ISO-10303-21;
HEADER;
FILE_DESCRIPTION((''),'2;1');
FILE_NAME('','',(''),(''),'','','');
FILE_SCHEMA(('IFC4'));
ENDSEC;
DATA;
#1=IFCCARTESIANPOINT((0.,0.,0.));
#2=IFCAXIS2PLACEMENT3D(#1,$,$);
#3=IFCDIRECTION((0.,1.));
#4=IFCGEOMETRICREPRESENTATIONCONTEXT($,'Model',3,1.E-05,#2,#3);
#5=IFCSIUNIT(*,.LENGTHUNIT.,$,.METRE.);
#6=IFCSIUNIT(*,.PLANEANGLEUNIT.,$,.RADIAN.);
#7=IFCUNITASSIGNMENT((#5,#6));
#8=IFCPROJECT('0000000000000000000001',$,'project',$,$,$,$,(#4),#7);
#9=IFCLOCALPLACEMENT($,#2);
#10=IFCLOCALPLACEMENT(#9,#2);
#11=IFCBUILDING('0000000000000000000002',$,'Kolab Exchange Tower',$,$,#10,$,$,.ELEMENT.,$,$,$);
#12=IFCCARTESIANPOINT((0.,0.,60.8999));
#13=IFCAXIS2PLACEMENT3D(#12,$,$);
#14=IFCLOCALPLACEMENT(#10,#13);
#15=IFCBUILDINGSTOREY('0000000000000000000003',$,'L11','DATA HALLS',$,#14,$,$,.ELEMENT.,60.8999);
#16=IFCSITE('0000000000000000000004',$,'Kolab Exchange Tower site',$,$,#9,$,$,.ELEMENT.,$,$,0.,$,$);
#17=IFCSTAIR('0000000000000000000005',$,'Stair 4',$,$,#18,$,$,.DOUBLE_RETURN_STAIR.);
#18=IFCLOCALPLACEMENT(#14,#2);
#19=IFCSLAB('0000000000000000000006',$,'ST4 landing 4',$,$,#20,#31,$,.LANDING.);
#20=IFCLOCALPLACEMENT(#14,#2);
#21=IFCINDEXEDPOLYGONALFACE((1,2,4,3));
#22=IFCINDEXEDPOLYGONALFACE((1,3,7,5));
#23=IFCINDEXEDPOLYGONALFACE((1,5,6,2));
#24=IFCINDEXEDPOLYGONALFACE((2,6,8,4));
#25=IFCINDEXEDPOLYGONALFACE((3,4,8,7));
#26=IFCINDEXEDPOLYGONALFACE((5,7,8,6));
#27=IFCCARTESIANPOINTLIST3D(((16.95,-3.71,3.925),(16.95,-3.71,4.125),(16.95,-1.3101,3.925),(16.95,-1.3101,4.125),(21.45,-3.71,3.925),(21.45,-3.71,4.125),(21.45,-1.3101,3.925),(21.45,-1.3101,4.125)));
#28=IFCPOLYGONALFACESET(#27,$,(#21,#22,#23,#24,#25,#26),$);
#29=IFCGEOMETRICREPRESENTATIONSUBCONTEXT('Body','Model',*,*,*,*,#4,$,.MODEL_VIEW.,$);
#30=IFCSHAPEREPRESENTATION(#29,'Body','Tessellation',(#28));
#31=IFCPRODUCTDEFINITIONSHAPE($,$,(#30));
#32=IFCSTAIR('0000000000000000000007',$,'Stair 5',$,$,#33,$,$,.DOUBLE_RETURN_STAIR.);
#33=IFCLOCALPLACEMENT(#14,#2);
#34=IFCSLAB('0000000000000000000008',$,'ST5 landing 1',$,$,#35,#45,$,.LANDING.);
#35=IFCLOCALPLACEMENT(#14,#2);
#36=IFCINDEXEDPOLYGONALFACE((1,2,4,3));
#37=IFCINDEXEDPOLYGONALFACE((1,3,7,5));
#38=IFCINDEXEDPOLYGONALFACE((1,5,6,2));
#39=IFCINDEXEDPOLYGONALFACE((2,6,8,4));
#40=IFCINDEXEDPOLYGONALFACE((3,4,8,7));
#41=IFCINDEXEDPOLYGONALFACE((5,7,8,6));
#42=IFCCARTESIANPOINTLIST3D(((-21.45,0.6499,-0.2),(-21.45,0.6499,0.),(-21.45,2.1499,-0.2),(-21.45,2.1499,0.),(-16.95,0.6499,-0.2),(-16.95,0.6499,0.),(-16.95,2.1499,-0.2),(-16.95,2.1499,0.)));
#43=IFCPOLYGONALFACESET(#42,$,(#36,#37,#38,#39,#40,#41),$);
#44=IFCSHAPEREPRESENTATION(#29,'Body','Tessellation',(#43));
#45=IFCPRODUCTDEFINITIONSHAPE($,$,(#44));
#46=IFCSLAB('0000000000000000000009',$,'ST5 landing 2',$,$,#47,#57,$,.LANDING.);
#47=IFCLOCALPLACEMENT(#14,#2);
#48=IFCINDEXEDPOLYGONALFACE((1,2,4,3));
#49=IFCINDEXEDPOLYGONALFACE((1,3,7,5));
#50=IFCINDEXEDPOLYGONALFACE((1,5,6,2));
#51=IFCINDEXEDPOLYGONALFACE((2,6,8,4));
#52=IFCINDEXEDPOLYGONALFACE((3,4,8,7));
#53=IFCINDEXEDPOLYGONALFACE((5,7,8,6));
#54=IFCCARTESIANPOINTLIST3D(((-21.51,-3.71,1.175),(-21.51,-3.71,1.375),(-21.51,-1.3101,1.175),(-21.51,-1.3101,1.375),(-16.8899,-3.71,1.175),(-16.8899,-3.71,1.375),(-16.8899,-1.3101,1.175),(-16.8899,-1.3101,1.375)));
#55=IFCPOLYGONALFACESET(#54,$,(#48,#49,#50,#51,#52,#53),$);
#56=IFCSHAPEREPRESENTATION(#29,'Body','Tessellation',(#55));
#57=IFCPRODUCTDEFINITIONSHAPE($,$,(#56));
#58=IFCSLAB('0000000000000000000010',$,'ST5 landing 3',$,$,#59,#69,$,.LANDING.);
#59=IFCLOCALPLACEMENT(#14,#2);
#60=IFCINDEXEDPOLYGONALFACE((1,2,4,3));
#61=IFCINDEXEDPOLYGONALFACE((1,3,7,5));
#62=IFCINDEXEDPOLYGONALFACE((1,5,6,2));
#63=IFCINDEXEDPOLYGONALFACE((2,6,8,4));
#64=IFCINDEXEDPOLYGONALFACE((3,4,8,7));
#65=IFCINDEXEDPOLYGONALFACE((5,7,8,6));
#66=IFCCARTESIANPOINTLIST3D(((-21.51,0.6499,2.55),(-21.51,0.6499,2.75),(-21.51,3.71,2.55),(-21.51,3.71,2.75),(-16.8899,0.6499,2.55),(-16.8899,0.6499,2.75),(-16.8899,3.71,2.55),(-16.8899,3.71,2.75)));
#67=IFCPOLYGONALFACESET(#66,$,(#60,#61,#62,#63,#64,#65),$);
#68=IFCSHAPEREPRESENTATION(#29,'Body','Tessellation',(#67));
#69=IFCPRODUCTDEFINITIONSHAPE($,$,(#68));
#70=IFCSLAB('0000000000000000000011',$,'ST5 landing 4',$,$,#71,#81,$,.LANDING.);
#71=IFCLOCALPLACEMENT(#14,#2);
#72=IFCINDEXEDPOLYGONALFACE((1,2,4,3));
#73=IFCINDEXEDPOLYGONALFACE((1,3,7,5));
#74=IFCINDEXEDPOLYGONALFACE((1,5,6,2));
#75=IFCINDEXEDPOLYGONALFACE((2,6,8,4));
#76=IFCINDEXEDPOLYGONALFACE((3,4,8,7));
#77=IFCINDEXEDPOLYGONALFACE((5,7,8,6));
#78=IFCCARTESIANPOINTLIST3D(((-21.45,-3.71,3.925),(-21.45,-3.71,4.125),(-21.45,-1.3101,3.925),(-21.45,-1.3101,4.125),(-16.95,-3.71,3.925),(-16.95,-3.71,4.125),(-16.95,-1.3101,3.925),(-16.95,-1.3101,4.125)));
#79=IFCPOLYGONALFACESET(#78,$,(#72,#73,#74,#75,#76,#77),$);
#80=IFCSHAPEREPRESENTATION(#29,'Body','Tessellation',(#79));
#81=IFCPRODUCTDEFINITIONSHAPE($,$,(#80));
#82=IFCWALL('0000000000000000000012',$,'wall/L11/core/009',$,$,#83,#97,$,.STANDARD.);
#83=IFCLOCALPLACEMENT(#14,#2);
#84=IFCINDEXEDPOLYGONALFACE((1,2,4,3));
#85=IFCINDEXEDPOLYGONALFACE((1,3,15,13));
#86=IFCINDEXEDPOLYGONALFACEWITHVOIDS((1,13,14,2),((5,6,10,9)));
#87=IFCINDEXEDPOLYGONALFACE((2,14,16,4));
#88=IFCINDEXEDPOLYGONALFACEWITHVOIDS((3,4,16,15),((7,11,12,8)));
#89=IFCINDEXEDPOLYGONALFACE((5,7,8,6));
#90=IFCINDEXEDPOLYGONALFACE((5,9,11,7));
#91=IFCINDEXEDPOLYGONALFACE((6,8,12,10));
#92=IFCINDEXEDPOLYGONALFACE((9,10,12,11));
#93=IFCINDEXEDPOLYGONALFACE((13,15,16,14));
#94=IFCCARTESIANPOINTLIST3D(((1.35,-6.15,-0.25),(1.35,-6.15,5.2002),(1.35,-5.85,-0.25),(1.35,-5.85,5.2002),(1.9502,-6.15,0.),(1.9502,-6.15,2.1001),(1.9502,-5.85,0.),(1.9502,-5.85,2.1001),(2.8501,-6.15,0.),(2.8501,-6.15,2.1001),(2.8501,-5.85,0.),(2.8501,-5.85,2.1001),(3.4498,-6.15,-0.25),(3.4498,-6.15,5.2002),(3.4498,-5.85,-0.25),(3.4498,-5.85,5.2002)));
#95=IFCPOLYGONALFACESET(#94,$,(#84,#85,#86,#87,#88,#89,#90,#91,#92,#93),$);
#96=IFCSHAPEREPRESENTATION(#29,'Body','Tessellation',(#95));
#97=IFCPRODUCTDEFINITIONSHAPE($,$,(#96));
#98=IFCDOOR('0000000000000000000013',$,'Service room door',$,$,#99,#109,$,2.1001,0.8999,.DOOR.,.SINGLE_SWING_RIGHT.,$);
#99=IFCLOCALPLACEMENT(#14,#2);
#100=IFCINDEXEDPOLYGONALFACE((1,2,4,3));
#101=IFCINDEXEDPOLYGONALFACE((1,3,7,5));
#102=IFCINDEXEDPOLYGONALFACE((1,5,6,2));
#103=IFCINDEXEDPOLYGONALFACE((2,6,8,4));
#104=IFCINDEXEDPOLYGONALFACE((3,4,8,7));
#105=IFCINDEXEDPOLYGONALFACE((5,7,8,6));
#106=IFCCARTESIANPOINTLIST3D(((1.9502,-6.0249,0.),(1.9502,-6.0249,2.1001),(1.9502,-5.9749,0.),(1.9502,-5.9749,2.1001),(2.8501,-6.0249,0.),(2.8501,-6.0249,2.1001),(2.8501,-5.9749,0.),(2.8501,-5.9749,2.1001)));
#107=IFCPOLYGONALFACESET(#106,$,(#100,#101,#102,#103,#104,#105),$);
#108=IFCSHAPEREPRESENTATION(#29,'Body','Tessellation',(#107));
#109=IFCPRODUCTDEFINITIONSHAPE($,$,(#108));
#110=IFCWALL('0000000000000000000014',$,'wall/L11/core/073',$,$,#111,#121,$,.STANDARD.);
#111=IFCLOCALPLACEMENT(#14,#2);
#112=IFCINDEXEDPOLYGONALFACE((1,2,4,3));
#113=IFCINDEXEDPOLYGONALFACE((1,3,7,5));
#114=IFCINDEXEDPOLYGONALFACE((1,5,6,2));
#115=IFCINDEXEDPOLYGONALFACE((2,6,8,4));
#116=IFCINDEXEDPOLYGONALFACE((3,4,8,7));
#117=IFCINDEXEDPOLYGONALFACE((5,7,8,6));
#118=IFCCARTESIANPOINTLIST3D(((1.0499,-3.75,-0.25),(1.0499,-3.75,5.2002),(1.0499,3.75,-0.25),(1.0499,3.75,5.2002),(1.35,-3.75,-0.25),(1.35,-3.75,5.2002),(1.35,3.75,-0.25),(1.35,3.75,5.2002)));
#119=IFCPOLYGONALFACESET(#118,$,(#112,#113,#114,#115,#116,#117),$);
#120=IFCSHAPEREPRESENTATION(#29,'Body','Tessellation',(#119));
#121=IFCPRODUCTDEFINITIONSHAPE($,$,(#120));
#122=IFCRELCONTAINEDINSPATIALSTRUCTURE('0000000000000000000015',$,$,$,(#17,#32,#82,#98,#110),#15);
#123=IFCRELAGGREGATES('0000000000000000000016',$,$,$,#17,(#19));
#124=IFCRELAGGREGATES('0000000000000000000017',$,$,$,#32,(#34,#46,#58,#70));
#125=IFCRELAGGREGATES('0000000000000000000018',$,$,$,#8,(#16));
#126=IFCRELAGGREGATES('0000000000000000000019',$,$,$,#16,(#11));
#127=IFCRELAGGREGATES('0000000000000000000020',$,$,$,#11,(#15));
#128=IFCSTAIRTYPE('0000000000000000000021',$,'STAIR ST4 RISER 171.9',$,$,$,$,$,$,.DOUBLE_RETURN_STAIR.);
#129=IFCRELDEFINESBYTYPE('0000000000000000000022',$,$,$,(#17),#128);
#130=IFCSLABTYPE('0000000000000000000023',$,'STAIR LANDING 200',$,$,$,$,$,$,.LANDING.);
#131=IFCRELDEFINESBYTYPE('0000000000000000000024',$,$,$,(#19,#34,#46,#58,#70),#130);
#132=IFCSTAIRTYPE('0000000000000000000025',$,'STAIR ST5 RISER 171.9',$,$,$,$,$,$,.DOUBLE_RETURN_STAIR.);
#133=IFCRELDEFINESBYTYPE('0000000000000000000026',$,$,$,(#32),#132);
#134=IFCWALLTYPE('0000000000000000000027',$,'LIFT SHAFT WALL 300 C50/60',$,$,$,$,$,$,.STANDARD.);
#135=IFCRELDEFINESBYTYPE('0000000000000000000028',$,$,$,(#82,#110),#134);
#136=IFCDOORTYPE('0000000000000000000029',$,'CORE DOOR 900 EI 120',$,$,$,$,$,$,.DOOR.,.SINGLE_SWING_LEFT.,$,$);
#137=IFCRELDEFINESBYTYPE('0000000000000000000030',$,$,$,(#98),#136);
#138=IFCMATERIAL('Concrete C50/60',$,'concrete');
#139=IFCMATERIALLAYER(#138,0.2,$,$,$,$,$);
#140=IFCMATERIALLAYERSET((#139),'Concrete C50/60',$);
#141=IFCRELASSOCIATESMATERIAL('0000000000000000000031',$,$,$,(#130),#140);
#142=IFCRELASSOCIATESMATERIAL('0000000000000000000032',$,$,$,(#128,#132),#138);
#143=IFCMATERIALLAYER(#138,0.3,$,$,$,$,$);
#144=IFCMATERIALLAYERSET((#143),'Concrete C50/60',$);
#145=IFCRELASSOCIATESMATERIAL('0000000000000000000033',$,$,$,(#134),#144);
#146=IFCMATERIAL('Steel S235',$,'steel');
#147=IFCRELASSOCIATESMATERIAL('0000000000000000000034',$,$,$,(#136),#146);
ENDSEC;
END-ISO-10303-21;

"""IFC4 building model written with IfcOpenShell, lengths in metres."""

from ifc_helpers import new_model, si_unit, direction, frame, frame_2d, origin, place, context, subcontext, project, spatial, polyline, rectangle, outline, extrude, material, layer, layer_set, type_object, element, fill, aggregate, save


model = new_model("IFC4")

# Units and contexts
model_context = context("Model", 3, precision=1e-05, world=origin(), true_north=direction((0.0, 1.0)))
body_context = subcontext(model_context, "Body", "Model", "MODEL_VIEW")
ifc_project = project(units=[si_unit("LENGTHUNIT", "METRE"), si_unit("PLANEANGLEUNIT", "RADIAN")], contexts=[model_context])

# Site, building, storey
site_placement = place(None, origin())
site = spatial("IfcSite", under=ifc_project, at=site_placement, Name="Kolab Exchange Tower site", CompositionType="ELEMENT", RefElevation=0.0)
building_placement = place(site_placement, origin())
building = spatial("IfcBuilding", under=site, at=building_placement, Name="Kolab Exchange Tower", CompositionType="ELEMENT")
storey_placement = place(building_placement, frame((0.0, 0.0, 60.8999)))
storey = spatial("IfcBuildingStorey", under=building, at=storey_placement, Name="L11", Description="DATA HALLS", CompositionType="ELEMENT", Elevation=60.8999)

# Stairs, slabs
ifc_material_1 = material(Name="Concrete C50/60", Category="concrete")
ifc_layer_1 = layer(ifc_material_1, 0.2)
ifc_layer_set_1 = layer_set([ifc_layer_1], Name="Concrete C50/60")
slab_type = type_object("IfcSlabType", Name="STAIR LANDING 200", PredefinedType="LANDING", material=ifc_layer_set_1)
stair_type_1 = type_object("IfcStairType", Name="STAIR ST4 RISER 171.9", PredefinedType="DOUBLE_RETURN_STAIR", material=ifc_material_1)
stair_1_placement = place(storey_placement, origin())
stair_1 = element("IfcStair", 1, at=stair_1_placement, inside=storey, type_object=stair_type_1, Name="Stair 4", PredefinedType="DOUBLE_RETURN_STAIR")
slab_1_placement = place(storey_placement, frame((0.0, 0.0, 3.925)))
slab_1 = element("IfcSlab", 2, at=slab_1_placement, type_object=slab_type, Name="ST4 landing 4", PredefinedType="LANDING", context=body_context, shape_type="SweptSolid", body=[
    extrude(outline(polyline([(16.95, -3.71), (21.45, -3.71), (21.45, -1.3101), (16.95, -1.3101), (16.95, -3.71)])), origin(), (0.0, 0.0, 1.0), 0.2),
])
aggregate(stair_1, [slab_1])
stair_type_2 = type_object("IfcStairType", Name="STAIR ST5 RISER 171.9", PredefinedType="DOUBLE_RETURN_STAIR", material=ifc_material_1)
stair_2_placement = place(storey_placement, origin())
stair_2 = element("IfcStair", 3, at=stair_2_placement, inside=storey, type_object=stair_type_2, Name="Stair 5", PredefinedType="DOUBLE_RETURN_STAIR")
slab_2_placement = place(storey_placement, frame((0.0, 0.0, -0.2)))
slab_2 = element("IfcSlab", 4, at=slab_2_placement, type_object=slab_type, Name="ST5 landing 1", PredefinedType="LANDING", context=body_context, shape_type="SweptSolid", body=[
    extrude(outline(polyline([(-21.45, 0.6499), (-16.95, 0.6499), (-16.95, 2.1499), (-21.45, 2.1499), (-21.45, 0.6499)])), origin(), (0.0, 0.0, 1.0), 0.2),
])
slab_3_placement = place(storey_placement, frame((0.0, 0.0, 1.175)))
slab_3 = element("IfcSlab", 5, at=slab_3_placement, type_object=slab_type, Name="ST5 landing 2", PredefinedType="LANDING", context=body_context, shape_type="SweptSolid", body=[
    extrude(outline(polyline([(-21.51, -3.71), (-16.8899, -3.71), (-16.8899, -1.3101), (-21.51, -1.3101), (-21.51, -3.71)])), origin(), (0.0, 0.0, 1.0), 0.2),
])
slab_4_placement = place(storey_placement, frame((0.0, 0.0, 2.55)))
slab_4 = element("IfcSlab", 6, at=slab_4_placement, type_object=slab_type, Name="ST5 landing 3", PredefinedType="LANDING", context=body_context, shape_type="SweptSolid", body=[
    extrude(outline(polyline([(-21.51, 0.6499), (-16.8899, 0.6499), (-16.8899, 3.71), (-21.51, 3.71), (-21.51, 0.6499)])), origin(), (0.0, 0.0, 1.0), 0.2),
])
slab_5_placement = place(storey_placement, frame((0.0, 0.0, 3.925)))
slab_5 = element("IfcSlab", 7, at=slab_5_placement, type_object=slab_type, Name="ST5 landing 4", PredefinedType="LANDING", context=body_context, shape_type="SweptSolid", body=[
    extrude(outline(polyline([(-21.45, -3.71), (-16.95, -3.71), (-16.95, -1.3101), (-21.45, -1.3101), (-21.45, -3.71)])), origin(), (0.0, 0.0, 1.0), 0.2),
])
aggregate(stair_2, [slab_2, slab_3, slab_4, slab_5])

# Wall, opening, door
ifc_layer_2 = layer(ifc_material_1, 0.3)
ifc_layer_set_2 = layer_set([ifc_layer_2], Name="Concrete C50/60")
wall_type = type_object("IfcWallType", Name="LIFT SHAFT WALL 300 C50/60", PredefinedType="STANDARD", material=ifc_layer_set_2)
wall_1_placement = place(storey_placement, frame((1.3501, -6.0, -0.25), z_axis=(0.0, 0.0, 1.0), x_axis=(1.0, 0.0, 0.0)))
wall_1 = element("IfcWall", 8, at=wall_1_placement, inside=storey, type_object=wall_type, Name="wall/L11/core/009", PredefinedType="STANDARD", context=body_context, shape_type="SweptSolid", body=[
    extrude(rectangle(XDim=2.0999, YDim=0.3, at=frame_2d((1.0498, 0.0))), origin(), (0.0, 0.0, 1.0), 5.4502),
])
opening_placement = place(wall_1_placement, frame((0.6001, 0.0, 0.25)))
opening = element("IfcOpeningElement", 9, at=opening_placement, cuts=wall_1, PredefinedType="OPENING", context=body_context, shape_type="SweptSolid", body=[
    extrude(rectangle(XDim=0.8999, YDim=2.1001, at=frame_2d((0.45, 1.05))), frame((0.0, 0.1602, 0.0), z_axis=(0.0, -1.0, 0.0), x_axis=(1.0, 0.0, 0.0)), (0.0, 0.0, 1.0), 0.3201),
])
ifc_material_2 = material(Name="Steel S235", Category="steel")
door_type = type_object("IfcDoorType", Name="CORE DOOR 900 EI 120", OperationType="SINGLE_SWING_LEFT", PredefinedType="DOOR", material=ifc_material_2)
door_placement = place(opening_placement, frame((0.8999, 0.0, 0.0), z_axis=(0.0, 0.0, 1.0), x_axis=(-1.0, 0.0, 0.0)))
door = element("IfcDoor", 10, at=door_placement, inside=storey, type_object=door_type, Name="Service room door", OperationType="SINGLE_SWING_RIGHT", OverallHeight=2.1001, OverallWidth=0.8999, PredefinedType="DOOR", context=body_context, shape_type="SweptSolid", body=[
    extrude(rectangle(XDim=0.8999, YDim=2.1001, at=frame_2d((0.45, 1.05))), frame((0.0, 0.0249, 0.0), z_axis=(0.0, -1.0, 0.0), x_axis=(1.0, 0.0, 0.0)), (0.0, 0.0, 1.0), 0.05),
])
fill(opening, door)

# Wall
wall_2_placement = place(storey_placement, frame((1.2, -3.75, -0.25), z_axis=(0.0, 0.0, 1.0), x_axis=(0.0, 1.0, 0.0)))
element("IfcWall", 11, at=wall_2_placement, inside=storey, type_object=wall_type, Name="wall/L11/core/073", PredefinedType="STANDARD", context=body_context, shape_type="SweptSolid", body=[
    extrude(rectangle(XDim=7.5, YDim=0.3, at=frame_2d((3.75, 0.0))), origin(), (0.0, 0.0, 1.0), 5.4502),
])

save(model, "model.ifc")
